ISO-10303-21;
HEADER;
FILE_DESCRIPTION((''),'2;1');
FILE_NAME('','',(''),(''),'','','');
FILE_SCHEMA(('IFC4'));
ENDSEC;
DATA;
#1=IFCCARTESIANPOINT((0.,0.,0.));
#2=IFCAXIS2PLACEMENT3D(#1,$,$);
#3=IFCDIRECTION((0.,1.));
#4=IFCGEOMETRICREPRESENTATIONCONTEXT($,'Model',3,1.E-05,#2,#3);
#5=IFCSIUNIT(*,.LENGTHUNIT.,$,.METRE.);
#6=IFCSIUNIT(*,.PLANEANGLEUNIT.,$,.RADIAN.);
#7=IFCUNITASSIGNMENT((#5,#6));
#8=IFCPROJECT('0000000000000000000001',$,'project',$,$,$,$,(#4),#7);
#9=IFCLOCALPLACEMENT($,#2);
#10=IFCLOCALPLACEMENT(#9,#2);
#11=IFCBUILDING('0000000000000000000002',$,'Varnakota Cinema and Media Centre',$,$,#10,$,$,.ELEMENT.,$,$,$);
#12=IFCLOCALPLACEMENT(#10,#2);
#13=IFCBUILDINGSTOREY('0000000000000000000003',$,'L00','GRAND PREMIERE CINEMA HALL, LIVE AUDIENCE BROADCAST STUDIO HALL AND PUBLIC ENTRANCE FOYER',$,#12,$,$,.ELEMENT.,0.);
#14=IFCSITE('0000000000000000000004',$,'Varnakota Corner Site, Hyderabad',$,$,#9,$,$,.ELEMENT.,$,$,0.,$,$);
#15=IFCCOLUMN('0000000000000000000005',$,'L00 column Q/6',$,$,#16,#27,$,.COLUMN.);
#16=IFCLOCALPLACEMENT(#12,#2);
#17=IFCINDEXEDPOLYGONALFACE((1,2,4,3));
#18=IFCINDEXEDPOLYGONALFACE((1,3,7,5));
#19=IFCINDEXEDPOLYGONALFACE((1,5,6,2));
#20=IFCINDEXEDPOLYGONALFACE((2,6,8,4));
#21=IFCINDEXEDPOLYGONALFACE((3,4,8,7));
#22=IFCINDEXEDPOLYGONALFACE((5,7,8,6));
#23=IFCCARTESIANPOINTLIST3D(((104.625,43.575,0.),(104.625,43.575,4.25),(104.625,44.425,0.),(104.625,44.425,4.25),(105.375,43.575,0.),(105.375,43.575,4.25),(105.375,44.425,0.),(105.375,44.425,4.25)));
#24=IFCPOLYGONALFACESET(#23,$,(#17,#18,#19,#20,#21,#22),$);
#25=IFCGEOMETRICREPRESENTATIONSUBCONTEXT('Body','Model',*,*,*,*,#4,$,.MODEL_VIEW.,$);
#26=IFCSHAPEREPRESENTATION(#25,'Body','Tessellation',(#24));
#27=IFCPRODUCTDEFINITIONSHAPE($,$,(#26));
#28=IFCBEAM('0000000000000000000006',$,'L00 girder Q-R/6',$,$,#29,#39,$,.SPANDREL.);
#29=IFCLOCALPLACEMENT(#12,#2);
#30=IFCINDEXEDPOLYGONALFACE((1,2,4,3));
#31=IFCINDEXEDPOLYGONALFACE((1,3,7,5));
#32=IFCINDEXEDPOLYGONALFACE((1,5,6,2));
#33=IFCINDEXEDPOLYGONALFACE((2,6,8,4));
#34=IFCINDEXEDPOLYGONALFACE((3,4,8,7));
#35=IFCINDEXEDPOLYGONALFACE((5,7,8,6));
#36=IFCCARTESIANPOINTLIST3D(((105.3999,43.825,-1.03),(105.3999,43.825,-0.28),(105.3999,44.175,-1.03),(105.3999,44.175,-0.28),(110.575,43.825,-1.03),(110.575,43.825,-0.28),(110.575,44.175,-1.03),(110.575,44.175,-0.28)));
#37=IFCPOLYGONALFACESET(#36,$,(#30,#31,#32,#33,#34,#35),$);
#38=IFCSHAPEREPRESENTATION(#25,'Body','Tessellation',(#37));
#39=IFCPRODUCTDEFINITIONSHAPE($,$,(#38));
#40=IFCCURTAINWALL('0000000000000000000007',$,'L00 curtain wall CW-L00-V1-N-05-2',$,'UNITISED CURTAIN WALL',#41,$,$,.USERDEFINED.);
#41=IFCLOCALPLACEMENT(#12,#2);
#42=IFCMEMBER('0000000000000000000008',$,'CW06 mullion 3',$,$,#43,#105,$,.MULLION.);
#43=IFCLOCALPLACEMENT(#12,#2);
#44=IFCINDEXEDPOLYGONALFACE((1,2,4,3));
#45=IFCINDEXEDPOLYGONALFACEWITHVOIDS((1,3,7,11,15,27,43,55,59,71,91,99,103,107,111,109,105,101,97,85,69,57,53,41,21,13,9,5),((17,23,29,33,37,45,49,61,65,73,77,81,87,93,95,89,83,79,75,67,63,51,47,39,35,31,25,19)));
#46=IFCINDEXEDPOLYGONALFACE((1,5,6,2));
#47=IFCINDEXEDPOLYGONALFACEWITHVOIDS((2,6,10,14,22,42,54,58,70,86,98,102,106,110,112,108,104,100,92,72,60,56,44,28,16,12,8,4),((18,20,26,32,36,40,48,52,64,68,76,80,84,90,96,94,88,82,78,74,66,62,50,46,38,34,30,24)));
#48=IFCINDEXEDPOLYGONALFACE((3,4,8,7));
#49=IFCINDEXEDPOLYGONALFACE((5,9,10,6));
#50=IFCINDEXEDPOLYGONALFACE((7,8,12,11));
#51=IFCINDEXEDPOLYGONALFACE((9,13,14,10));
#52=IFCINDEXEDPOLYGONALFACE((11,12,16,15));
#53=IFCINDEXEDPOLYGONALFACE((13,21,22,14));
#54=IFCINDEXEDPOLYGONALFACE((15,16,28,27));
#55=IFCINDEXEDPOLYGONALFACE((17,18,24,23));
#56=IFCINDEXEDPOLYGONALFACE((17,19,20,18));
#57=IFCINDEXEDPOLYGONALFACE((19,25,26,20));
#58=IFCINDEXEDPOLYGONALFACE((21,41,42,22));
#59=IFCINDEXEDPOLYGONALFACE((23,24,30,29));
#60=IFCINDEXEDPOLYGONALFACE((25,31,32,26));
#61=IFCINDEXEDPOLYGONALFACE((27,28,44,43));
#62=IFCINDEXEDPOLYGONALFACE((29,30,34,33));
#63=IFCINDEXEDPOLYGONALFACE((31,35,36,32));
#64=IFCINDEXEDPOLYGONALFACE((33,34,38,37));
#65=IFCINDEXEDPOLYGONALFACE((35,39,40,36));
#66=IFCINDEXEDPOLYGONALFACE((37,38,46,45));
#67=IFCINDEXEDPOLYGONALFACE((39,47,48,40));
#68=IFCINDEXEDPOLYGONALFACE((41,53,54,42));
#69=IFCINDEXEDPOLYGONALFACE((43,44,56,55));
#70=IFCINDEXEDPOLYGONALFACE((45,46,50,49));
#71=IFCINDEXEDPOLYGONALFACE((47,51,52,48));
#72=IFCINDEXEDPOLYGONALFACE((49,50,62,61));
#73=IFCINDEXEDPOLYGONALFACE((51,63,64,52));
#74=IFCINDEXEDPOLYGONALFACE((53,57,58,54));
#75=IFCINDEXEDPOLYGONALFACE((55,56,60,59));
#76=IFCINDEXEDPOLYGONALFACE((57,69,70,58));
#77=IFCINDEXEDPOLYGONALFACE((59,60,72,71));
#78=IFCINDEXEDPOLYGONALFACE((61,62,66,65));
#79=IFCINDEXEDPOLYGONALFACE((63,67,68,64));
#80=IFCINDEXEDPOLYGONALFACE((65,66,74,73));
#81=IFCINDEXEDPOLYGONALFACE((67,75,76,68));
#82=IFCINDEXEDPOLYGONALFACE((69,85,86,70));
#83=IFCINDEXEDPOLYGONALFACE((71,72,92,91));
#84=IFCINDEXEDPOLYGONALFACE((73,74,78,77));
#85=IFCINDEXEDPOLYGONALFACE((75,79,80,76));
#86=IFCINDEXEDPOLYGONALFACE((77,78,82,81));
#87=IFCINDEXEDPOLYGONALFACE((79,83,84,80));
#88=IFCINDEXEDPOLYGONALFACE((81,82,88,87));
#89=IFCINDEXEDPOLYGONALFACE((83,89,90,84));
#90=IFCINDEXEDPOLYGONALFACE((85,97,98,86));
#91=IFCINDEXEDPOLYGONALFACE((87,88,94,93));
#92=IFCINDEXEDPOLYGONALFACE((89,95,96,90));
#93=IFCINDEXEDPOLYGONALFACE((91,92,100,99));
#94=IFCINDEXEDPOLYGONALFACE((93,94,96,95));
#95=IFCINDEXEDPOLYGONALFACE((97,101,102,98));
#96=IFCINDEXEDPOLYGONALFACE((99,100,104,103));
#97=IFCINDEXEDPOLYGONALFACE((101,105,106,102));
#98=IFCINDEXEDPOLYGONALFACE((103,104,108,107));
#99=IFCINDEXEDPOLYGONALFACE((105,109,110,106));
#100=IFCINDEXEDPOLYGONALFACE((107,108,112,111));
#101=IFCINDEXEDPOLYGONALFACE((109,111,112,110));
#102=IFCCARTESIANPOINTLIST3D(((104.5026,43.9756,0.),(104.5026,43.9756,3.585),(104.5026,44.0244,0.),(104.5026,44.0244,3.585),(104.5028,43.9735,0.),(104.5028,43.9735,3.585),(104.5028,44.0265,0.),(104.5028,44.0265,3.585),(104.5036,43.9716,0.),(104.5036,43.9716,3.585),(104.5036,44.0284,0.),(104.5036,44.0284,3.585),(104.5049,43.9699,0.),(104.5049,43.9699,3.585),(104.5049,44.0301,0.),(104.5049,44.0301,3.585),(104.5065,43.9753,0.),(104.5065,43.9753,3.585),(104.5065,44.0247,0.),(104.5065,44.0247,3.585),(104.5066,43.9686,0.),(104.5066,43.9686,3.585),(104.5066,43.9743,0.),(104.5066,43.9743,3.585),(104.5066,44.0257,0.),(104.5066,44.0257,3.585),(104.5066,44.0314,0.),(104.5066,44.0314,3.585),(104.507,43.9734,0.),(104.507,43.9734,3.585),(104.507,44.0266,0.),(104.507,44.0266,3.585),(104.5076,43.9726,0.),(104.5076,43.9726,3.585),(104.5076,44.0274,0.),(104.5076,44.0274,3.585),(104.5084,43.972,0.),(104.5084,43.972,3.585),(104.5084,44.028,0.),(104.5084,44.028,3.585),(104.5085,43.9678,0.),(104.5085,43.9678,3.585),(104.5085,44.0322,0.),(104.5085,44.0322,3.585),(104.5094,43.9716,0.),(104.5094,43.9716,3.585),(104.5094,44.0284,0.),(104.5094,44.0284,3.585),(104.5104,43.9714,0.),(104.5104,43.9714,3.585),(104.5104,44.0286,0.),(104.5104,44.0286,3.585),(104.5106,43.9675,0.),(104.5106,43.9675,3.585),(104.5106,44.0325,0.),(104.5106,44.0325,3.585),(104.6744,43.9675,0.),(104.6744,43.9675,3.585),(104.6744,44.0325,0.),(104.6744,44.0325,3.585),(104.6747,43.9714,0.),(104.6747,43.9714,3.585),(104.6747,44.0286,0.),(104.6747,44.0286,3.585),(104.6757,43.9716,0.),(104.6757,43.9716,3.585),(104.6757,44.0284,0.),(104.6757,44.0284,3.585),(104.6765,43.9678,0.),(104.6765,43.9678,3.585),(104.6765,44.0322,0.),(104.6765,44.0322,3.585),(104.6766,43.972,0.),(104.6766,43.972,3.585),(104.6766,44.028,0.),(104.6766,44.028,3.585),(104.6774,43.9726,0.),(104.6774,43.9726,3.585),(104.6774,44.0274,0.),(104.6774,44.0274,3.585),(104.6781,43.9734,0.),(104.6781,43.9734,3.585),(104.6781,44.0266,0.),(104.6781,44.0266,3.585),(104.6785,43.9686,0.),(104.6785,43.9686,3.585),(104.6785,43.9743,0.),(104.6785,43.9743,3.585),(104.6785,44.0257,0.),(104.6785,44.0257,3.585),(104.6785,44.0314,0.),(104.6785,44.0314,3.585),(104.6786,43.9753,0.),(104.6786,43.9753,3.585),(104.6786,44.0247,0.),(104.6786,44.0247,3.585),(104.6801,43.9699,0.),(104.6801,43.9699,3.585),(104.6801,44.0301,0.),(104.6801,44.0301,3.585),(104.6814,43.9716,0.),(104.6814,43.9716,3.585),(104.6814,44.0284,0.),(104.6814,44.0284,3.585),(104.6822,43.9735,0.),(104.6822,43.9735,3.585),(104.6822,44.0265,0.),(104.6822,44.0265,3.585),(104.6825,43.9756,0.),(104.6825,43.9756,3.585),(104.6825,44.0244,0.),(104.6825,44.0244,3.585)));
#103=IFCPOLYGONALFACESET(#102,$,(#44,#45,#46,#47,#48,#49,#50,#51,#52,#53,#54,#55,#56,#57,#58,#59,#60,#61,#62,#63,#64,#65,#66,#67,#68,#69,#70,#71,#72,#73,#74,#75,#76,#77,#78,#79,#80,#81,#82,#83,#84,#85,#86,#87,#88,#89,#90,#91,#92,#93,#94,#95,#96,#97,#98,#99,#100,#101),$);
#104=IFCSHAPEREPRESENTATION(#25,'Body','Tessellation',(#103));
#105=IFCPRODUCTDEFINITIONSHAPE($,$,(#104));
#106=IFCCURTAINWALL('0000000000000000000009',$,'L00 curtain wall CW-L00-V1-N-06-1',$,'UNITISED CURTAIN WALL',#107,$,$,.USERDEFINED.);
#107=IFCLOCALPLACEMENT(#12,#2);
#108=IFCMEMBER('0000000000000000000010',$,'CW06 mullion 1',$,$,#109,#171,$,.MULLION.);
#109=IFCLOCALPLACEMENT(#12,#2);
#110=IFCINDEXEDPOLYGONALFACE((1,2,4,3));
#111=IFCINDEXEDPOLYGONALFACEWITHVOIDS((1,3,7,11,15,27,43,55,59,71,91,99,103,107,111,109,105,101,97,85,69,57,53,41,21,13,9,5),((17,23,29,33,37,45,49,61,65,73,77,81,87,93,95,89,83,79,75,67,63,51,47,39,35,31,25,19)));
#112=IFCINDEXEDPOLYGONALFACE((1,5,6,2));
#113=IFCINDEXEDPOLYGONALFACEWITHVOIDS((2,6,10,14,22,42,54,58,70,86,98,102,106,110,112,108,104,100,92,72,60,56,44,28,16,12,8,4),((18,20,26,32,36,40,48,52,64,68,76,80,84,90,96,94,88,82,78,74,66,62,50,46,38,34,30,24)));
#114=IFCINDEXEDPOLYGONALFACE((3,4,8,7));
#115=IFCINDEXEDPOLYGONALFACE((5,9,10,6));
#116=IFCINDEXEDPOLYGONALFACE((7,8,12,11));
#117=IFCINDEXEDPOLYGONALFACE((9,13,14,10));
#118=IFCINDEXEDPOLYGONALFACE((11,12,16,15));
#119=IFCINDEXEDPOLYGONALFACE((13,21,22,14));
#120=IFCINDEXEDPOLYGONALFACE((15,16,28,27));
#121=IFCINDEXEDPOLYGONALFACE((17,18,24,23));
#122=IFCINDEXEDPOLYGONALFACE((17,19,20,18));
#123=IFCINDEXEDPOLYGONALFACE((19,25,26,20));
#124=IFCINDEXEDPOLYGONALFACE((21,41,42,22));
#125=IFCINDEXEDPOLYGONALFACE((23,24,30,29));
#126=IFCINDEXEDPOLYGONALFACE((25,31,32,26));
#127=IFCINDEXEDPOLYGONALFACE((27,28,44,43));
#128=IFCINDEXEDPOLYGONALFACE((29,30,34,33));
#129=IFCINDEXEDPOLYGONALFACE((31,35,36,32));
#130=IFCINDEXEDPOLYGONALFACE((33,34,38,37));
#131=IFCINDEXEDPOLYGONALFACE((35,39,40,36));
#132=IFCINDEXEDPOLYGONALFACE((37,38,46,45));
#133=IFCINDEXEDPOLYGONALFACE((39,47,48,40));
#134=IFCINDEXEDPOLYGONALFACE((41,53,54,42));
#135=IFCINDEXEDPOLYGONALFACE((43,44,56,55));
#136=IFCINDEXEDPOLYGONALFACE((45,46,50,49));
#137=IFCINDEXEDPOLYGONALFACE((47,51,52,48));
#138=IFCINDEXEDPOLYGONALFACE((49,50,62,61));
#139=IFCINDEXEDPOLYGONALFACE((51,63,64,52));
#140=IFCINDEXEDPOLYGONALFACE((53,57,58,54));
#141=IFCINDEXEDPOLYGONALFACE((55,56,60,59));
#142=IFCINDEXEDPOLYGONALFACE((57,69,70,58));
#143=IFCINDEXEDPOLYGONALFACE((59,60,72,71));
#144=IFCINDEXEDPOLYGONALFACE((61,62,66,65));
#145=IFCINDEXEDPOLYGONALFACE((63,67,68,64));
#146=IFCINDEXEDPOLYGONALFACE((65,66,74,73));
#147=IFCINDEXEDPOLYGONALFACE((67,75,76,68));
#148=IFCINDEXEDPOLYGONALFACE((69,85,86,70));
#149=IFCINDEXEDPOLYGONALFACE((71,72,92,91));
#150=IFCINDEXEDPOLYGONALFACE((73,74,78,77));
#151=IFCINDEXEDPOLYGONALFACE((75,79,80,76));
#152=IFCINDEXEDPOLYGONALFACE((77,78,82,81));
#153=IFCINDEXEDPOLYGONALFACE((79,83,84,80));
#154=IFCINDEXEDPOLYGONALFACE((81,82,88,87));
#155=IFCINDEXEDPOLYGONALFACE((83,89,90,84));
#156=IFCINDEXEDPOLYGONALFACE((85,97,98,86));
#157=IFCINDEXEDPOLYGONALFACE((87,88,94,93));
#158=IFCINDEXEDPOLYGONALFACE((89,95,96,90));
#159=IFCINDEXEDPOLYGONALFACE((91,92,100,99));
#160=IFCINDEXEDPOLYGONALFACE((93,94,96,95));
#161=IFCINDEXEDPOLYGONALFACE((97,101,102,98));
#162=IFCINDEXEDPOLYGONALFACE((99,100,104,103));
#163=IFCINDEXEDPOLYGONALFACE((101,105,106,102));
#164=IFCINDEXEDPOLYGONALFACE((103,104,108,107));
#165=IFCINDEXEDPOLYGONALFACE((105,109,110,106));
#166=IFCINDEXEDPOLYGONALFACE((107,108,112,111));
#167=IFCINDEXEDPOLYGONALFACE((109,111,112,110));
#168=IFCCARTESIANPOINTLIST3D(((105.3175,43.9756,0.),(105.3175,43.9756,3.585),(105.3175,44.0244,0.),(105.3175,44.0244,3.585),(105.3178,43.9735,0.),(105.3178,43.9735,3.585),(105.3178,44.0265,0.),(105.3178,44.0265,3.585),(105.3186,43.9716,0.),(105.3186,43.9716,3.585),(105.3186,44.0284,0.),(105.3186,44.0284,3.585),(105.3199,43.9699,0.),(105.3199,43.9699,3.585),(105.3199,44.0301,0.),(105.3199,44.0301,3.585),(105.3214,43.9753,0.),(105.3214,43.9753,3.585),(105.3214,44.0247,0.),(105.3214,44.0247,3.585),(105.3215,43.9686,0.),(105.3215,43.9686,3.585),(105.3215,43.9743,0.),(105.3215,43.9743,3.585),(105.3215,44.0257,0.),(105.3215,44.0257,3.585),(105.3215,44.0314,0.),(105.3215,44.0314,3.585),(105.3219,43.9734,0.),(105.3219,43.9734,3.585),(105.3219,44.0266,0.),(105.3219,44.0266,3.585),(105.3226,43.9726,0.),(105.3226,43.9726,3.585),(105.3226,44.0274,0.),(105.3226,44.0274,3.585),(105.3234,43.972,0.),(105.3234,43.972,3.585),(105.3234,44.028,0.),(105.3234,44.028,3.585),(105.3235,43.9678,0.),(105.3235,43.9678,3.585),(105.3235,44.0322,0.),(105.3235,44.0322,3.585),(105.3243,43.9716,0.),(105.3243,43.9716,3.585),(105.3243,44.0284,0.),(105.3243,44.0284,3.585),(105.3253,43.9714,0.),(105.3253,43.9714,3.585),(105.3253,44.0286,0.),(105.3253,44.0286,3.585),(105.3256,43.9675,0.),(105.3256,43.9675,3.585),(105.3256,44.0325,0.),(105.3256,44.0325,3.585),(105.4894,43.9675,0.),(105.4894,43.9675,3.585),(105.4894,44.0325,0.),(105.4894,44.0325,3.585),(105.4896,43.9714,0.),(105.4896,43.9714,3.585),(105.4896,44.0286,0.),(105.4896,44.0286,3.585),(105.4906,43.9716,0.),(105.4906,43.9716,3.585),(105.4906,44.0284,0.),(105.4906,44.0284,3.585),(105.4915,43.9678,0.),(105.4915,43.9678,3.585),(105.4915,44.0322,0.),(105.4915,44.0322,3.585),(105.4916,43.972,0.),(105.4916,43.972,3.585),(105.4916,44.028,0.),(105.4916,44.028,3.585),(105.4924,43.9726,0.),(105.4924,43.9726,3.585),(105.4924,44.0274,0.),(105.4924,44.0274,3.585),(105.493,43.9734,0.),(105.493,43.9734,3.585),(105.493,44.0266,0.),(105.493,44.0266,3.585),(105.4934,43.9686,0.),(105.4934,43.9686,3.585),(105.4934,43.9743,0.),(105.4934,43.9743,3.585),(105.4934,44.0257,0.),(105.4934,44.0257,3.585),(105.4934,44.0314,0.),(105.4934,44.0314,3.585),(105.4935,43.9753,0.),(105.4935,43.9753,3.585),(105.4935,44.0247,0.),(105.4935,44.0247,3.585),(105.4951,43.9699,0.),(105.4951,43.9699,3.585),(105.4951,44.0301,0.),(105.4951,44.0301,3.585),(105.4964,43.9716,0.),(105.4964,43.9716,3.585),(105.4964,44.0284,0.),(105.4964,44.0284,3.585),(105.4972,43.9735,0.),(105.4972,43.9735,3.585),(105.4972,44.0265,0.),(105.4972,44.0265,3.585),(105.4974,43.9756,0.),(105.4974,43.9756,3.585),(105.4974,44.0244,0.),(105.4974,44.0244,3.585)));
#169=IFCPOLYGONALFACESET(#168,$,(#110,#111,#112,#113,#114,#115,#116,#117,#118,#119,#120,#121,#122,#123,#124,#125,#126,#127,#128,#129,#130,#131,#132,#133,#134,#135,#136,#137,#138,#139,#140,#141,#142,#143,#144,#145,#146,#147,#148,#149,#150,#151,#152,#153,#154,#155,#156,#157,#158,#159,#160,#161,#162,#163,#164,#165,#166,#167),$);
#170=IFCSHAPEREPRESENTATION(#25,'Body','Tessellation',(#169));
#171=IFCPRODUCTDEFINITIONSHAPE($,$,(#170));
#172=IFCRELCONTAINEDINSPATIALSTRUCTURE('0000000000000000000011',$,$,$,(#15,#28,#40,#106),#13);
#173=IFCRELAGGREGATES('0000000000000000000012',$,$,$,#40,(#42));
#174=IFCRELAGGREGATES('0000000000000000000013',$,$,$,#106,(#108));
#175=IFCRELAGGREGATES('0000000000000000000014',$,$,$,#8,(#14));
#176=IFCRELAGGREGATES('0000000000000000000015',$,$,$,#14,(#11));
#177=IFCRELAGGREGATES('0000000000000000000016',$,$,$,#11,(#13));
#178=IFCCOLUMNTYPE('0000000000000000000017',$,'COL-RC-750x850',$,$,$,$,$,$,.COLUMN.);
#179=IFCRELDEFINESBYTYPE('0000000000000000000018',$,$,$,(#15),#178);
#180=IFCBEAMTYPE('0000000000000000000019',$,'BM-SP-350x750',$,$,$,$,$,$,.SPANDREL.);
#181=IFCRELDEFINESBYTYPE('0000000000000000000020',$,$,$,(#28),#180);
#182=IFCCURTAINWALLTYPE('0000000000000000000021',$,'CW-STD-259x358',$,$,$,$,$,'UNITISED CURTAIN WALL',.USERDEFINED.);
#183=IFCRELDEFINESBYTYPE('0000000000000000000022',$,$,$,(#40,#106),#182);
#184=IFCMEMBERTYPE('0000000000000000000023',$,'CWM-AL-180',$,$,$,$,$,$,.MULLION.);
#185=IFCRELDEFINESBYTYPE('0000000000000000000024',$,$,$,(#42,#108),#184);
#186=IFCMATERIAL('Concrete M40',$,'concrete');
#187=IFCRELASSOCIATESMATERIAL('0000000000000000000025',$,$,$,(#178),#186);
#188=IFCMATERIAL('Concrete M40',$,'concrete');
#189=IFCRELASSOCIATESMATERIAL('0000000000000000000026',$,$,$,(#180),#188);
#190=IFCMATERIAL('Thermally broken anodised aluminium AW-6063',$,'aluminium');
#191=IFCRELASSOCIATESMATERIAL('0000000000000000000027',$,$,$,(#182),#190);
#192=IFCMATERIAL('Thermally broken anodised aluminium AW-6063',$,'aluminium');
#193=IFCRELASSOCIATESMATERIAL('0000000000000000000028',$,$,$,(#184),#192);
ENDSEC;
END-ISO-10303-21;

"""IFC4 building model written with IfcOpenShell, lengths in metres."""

from ifc_helpers import new_model, si_unit, direction, frame, origin, origin_2d, place, context, subcontext, project, spatial, rectangle, hollow_rectangle, extrude, material, material_profile, profile_set, type_object, element, aggregate, save


model = new_model("IFC4")

# Units and contexts
model_context = context("Model", 3, precision=1e-05, world=origin(), true_north=direction((0.0, 1.0)))
body_context = subcontext(model_context, "Body", "Model", "MODEL_VIEW")
ifc_project = project(units=[si_unit("LENGTHUNIT", "METRE"), si_unit("PLANEANGLEUNIT", "RADIAN")], contexts=[model_context])

# Site, building, storey
site_placement = place(None, origin())
site = spatial("IfcSite", under=ifc_project, at=site_placement, Name="Varnakota Corner Site, Hyderabad", CompositionType="ELEMENT", RefElevation=0.0)
building_placement = place(site_placement, origin())
building = spatial("IfcBuilding", under=site, at=building_placement, Name="Varnakota Cinema and Media Centre", CompositionType="ELEMENT")
storey_placement = place(building_placement, origin())
storey = spatial("IfcBuildingStorey", under=building, at=storey_placement, Name="L00", Description="GRAND PREMIERE CINEMA HALL, LIVE AUDIENCE BROADCAST STUDIO HALL AND PUBLIC ENTRANCE FOYER", CompositionType="ELEMENT", Elevation=0.0)

# Column
ifc_material_1 = material(Name="Concrete M40", Category="concrete")
ifc_material_profile_1 = material_profile(ifc_material_1, rectangle(XDim=0.75, YDim=0.8501, at=origin_2d()), Name="RC 750x850")
ifc_profile_set_1 = profile_set([ifc_material_profile_1], Name="Concrete M40")
column_type = type_object("IfcColumnType", Name="COL-RC-750x850", PredefinedType="COLUMN", material=ifc_profile_set_1)
column_placement = place(storey_placement, frame((105.0, 44.0, 0.0), z_axis=(0.0, 0.0, 1.0), x_axis=(1.0, 0.0, 0.0)))
element("IfcColumn", 1, at=column_placement, inside=storey, type_object=column_type, Name="L00 column Q/6", PredefinedType="COLUMN", context=body_context, shape_type="SweptSolid", body=[
    extrude(rectangle(XDim=0.75, YDim=0.8501, at=origin_2d()), origin(), (0.0, 0.0, 1.0), 4.25),
])

# Beam
ifc_material_2 = material(Name="Concrete M40", Category="concrete")
ifc_material_profile_2 = material_profile(ifc_material_2, rectangle(XDim=0.3501, YDim=0.75, at=origin_2d()), Name="RCB 350x750")
ifc_profile_set_2 = profile_set([ifc_material_profile_2], Name="Concrete M40")
beam_type = type_object("IfcBeamType", Name="BM-SP-350x750", PredefinedType="SPANDREL", material=ifc_profile_set_2)
beam_placement = place(storey_placement, frame((105.3999, 44.0, -0.655), z_axis=(1.0, 0.0, 0.0), x_axis=(0.0, 1.0, 0.0)))
element("IfcBeam", 2, at=beam_placement, inside=storey, type_object=beam_type, Name="L00 girder Q-R/6", PredefinedType="SPANDREL", context=body_context, shape_type="SweptSolid", body=[
    extrude(rectangle(XDim=0.3501, YDim=0.75, at=origin_2d()), origin(), (0.0, 0.0, 1.0), 5.175),
])

# Curtain wall, member
ifc_material_3 = material(Name="Thermally broken anodised aluminium AW-6063", Category="aluminium")
curtain_wall_type = type_object("IfcCurtainWallType", Name="CW-STD-259x358", ElementType="UNITISED CURTAIN WALL", PredefinedType="USERDEFINED", material=ifc_material_3)
curtain_wall_1_placement = place(storey_placement, origin())
curtain_wall_1 = element("IfcCurtainWall", 3, at=curtain_wall_1_placement, inside=storey, type_object=curtain_wall_type, Name="L00 curtain wall CW-L00-V1-N-05-2", ObjectType="UNITISED CURTAIN WALL", PredefinedType="USERDEFINED")
ifc_material_4 = material(Name="Thermally broken anodised aluminium AW-6063", Category="aluminium")
ifc_material_profile_3 = material_profile(ifc_material_4, hollow_rectangle(XDim=0.0649, YDim=0.1799, WallThickness=0.0039, InnerFilletRadius=0.0039, OuterFilletRadius=0.0081, at=origin_2d()), Name="AL-MULLION 180x65x4")
ifc_profile_set_3 = profile_set([ifc_material_profile_3], Name="Thermally broken anodised aluminium AW-6063")
member_type_1 = type_object("IfcMemberType", Name="CWM-AL-180", PredefinedType="MULLION", material=ifc_profile_set_3)
member_1_placement = place(storey_placement, frame((104.5925, 44.0, 0.0), z_axis=(0.0, 0.0, 1.0), x_axis=(0.0, 1.0, 0.0)))
member_1 = element("IfcMember", 4, at=member_1_placement, type_object=member_type_1, Name="CW06 mullion 3", PredefinedType="MULLION", context=body_context, shape_type="SweptSolid", body=[
    extrude(hollow_rectangle(XDim=0.0649, YDim=0.1799, WallThickness=0.0039, InnerFilletRadius=0.0039, OuterFilletRadius=0.0081, at=origin_2d()), origin(), (0.0, 0.0, 1.0), 3.585),
])
aggregate(curtain_wall_1, [member_1])

# Curtain wall, member
curtain_wall_2_placement = place(storey_placement, origin())
curtain_wall_2 = element("IfcCurtainWall", 5, at=curtain_wall_2_placement, inside=storey, type_object=curtain_wall_type, Name="L00 curtain wall CW-L00-V1-N-06-1", ObjectType="UNITISED CURTAIN WALL", PredefinedType="USERDEFINED")
member_2_placement = place(storey_placement, frame((105.4075, 44.0, 0.0), z_axis=(0.0, 0.0, 1.0), x_axis=(0.0, 1.0, 0.0)))
member_2 = element("IfcMember", 6, at=member_2_placement, type_object=member_type_1, Name="CW06 mullion 1", PredefinedType="MULLION", context=body_context, shape_type="SweptSolid", body=[
    extrude(hollow_rectangle(XDim=0.0649, YDim=0.1799, WallThickness=0.0039, InnerFilletRadius=0.0039, OuterFilletRadius=0.0081, at=origin_2d()), origin(), (0.0, 0.0, 1.0), 3.585),
])

aggregate(curtain_wall_2, [member_2])

save(model, "model.ifc")
